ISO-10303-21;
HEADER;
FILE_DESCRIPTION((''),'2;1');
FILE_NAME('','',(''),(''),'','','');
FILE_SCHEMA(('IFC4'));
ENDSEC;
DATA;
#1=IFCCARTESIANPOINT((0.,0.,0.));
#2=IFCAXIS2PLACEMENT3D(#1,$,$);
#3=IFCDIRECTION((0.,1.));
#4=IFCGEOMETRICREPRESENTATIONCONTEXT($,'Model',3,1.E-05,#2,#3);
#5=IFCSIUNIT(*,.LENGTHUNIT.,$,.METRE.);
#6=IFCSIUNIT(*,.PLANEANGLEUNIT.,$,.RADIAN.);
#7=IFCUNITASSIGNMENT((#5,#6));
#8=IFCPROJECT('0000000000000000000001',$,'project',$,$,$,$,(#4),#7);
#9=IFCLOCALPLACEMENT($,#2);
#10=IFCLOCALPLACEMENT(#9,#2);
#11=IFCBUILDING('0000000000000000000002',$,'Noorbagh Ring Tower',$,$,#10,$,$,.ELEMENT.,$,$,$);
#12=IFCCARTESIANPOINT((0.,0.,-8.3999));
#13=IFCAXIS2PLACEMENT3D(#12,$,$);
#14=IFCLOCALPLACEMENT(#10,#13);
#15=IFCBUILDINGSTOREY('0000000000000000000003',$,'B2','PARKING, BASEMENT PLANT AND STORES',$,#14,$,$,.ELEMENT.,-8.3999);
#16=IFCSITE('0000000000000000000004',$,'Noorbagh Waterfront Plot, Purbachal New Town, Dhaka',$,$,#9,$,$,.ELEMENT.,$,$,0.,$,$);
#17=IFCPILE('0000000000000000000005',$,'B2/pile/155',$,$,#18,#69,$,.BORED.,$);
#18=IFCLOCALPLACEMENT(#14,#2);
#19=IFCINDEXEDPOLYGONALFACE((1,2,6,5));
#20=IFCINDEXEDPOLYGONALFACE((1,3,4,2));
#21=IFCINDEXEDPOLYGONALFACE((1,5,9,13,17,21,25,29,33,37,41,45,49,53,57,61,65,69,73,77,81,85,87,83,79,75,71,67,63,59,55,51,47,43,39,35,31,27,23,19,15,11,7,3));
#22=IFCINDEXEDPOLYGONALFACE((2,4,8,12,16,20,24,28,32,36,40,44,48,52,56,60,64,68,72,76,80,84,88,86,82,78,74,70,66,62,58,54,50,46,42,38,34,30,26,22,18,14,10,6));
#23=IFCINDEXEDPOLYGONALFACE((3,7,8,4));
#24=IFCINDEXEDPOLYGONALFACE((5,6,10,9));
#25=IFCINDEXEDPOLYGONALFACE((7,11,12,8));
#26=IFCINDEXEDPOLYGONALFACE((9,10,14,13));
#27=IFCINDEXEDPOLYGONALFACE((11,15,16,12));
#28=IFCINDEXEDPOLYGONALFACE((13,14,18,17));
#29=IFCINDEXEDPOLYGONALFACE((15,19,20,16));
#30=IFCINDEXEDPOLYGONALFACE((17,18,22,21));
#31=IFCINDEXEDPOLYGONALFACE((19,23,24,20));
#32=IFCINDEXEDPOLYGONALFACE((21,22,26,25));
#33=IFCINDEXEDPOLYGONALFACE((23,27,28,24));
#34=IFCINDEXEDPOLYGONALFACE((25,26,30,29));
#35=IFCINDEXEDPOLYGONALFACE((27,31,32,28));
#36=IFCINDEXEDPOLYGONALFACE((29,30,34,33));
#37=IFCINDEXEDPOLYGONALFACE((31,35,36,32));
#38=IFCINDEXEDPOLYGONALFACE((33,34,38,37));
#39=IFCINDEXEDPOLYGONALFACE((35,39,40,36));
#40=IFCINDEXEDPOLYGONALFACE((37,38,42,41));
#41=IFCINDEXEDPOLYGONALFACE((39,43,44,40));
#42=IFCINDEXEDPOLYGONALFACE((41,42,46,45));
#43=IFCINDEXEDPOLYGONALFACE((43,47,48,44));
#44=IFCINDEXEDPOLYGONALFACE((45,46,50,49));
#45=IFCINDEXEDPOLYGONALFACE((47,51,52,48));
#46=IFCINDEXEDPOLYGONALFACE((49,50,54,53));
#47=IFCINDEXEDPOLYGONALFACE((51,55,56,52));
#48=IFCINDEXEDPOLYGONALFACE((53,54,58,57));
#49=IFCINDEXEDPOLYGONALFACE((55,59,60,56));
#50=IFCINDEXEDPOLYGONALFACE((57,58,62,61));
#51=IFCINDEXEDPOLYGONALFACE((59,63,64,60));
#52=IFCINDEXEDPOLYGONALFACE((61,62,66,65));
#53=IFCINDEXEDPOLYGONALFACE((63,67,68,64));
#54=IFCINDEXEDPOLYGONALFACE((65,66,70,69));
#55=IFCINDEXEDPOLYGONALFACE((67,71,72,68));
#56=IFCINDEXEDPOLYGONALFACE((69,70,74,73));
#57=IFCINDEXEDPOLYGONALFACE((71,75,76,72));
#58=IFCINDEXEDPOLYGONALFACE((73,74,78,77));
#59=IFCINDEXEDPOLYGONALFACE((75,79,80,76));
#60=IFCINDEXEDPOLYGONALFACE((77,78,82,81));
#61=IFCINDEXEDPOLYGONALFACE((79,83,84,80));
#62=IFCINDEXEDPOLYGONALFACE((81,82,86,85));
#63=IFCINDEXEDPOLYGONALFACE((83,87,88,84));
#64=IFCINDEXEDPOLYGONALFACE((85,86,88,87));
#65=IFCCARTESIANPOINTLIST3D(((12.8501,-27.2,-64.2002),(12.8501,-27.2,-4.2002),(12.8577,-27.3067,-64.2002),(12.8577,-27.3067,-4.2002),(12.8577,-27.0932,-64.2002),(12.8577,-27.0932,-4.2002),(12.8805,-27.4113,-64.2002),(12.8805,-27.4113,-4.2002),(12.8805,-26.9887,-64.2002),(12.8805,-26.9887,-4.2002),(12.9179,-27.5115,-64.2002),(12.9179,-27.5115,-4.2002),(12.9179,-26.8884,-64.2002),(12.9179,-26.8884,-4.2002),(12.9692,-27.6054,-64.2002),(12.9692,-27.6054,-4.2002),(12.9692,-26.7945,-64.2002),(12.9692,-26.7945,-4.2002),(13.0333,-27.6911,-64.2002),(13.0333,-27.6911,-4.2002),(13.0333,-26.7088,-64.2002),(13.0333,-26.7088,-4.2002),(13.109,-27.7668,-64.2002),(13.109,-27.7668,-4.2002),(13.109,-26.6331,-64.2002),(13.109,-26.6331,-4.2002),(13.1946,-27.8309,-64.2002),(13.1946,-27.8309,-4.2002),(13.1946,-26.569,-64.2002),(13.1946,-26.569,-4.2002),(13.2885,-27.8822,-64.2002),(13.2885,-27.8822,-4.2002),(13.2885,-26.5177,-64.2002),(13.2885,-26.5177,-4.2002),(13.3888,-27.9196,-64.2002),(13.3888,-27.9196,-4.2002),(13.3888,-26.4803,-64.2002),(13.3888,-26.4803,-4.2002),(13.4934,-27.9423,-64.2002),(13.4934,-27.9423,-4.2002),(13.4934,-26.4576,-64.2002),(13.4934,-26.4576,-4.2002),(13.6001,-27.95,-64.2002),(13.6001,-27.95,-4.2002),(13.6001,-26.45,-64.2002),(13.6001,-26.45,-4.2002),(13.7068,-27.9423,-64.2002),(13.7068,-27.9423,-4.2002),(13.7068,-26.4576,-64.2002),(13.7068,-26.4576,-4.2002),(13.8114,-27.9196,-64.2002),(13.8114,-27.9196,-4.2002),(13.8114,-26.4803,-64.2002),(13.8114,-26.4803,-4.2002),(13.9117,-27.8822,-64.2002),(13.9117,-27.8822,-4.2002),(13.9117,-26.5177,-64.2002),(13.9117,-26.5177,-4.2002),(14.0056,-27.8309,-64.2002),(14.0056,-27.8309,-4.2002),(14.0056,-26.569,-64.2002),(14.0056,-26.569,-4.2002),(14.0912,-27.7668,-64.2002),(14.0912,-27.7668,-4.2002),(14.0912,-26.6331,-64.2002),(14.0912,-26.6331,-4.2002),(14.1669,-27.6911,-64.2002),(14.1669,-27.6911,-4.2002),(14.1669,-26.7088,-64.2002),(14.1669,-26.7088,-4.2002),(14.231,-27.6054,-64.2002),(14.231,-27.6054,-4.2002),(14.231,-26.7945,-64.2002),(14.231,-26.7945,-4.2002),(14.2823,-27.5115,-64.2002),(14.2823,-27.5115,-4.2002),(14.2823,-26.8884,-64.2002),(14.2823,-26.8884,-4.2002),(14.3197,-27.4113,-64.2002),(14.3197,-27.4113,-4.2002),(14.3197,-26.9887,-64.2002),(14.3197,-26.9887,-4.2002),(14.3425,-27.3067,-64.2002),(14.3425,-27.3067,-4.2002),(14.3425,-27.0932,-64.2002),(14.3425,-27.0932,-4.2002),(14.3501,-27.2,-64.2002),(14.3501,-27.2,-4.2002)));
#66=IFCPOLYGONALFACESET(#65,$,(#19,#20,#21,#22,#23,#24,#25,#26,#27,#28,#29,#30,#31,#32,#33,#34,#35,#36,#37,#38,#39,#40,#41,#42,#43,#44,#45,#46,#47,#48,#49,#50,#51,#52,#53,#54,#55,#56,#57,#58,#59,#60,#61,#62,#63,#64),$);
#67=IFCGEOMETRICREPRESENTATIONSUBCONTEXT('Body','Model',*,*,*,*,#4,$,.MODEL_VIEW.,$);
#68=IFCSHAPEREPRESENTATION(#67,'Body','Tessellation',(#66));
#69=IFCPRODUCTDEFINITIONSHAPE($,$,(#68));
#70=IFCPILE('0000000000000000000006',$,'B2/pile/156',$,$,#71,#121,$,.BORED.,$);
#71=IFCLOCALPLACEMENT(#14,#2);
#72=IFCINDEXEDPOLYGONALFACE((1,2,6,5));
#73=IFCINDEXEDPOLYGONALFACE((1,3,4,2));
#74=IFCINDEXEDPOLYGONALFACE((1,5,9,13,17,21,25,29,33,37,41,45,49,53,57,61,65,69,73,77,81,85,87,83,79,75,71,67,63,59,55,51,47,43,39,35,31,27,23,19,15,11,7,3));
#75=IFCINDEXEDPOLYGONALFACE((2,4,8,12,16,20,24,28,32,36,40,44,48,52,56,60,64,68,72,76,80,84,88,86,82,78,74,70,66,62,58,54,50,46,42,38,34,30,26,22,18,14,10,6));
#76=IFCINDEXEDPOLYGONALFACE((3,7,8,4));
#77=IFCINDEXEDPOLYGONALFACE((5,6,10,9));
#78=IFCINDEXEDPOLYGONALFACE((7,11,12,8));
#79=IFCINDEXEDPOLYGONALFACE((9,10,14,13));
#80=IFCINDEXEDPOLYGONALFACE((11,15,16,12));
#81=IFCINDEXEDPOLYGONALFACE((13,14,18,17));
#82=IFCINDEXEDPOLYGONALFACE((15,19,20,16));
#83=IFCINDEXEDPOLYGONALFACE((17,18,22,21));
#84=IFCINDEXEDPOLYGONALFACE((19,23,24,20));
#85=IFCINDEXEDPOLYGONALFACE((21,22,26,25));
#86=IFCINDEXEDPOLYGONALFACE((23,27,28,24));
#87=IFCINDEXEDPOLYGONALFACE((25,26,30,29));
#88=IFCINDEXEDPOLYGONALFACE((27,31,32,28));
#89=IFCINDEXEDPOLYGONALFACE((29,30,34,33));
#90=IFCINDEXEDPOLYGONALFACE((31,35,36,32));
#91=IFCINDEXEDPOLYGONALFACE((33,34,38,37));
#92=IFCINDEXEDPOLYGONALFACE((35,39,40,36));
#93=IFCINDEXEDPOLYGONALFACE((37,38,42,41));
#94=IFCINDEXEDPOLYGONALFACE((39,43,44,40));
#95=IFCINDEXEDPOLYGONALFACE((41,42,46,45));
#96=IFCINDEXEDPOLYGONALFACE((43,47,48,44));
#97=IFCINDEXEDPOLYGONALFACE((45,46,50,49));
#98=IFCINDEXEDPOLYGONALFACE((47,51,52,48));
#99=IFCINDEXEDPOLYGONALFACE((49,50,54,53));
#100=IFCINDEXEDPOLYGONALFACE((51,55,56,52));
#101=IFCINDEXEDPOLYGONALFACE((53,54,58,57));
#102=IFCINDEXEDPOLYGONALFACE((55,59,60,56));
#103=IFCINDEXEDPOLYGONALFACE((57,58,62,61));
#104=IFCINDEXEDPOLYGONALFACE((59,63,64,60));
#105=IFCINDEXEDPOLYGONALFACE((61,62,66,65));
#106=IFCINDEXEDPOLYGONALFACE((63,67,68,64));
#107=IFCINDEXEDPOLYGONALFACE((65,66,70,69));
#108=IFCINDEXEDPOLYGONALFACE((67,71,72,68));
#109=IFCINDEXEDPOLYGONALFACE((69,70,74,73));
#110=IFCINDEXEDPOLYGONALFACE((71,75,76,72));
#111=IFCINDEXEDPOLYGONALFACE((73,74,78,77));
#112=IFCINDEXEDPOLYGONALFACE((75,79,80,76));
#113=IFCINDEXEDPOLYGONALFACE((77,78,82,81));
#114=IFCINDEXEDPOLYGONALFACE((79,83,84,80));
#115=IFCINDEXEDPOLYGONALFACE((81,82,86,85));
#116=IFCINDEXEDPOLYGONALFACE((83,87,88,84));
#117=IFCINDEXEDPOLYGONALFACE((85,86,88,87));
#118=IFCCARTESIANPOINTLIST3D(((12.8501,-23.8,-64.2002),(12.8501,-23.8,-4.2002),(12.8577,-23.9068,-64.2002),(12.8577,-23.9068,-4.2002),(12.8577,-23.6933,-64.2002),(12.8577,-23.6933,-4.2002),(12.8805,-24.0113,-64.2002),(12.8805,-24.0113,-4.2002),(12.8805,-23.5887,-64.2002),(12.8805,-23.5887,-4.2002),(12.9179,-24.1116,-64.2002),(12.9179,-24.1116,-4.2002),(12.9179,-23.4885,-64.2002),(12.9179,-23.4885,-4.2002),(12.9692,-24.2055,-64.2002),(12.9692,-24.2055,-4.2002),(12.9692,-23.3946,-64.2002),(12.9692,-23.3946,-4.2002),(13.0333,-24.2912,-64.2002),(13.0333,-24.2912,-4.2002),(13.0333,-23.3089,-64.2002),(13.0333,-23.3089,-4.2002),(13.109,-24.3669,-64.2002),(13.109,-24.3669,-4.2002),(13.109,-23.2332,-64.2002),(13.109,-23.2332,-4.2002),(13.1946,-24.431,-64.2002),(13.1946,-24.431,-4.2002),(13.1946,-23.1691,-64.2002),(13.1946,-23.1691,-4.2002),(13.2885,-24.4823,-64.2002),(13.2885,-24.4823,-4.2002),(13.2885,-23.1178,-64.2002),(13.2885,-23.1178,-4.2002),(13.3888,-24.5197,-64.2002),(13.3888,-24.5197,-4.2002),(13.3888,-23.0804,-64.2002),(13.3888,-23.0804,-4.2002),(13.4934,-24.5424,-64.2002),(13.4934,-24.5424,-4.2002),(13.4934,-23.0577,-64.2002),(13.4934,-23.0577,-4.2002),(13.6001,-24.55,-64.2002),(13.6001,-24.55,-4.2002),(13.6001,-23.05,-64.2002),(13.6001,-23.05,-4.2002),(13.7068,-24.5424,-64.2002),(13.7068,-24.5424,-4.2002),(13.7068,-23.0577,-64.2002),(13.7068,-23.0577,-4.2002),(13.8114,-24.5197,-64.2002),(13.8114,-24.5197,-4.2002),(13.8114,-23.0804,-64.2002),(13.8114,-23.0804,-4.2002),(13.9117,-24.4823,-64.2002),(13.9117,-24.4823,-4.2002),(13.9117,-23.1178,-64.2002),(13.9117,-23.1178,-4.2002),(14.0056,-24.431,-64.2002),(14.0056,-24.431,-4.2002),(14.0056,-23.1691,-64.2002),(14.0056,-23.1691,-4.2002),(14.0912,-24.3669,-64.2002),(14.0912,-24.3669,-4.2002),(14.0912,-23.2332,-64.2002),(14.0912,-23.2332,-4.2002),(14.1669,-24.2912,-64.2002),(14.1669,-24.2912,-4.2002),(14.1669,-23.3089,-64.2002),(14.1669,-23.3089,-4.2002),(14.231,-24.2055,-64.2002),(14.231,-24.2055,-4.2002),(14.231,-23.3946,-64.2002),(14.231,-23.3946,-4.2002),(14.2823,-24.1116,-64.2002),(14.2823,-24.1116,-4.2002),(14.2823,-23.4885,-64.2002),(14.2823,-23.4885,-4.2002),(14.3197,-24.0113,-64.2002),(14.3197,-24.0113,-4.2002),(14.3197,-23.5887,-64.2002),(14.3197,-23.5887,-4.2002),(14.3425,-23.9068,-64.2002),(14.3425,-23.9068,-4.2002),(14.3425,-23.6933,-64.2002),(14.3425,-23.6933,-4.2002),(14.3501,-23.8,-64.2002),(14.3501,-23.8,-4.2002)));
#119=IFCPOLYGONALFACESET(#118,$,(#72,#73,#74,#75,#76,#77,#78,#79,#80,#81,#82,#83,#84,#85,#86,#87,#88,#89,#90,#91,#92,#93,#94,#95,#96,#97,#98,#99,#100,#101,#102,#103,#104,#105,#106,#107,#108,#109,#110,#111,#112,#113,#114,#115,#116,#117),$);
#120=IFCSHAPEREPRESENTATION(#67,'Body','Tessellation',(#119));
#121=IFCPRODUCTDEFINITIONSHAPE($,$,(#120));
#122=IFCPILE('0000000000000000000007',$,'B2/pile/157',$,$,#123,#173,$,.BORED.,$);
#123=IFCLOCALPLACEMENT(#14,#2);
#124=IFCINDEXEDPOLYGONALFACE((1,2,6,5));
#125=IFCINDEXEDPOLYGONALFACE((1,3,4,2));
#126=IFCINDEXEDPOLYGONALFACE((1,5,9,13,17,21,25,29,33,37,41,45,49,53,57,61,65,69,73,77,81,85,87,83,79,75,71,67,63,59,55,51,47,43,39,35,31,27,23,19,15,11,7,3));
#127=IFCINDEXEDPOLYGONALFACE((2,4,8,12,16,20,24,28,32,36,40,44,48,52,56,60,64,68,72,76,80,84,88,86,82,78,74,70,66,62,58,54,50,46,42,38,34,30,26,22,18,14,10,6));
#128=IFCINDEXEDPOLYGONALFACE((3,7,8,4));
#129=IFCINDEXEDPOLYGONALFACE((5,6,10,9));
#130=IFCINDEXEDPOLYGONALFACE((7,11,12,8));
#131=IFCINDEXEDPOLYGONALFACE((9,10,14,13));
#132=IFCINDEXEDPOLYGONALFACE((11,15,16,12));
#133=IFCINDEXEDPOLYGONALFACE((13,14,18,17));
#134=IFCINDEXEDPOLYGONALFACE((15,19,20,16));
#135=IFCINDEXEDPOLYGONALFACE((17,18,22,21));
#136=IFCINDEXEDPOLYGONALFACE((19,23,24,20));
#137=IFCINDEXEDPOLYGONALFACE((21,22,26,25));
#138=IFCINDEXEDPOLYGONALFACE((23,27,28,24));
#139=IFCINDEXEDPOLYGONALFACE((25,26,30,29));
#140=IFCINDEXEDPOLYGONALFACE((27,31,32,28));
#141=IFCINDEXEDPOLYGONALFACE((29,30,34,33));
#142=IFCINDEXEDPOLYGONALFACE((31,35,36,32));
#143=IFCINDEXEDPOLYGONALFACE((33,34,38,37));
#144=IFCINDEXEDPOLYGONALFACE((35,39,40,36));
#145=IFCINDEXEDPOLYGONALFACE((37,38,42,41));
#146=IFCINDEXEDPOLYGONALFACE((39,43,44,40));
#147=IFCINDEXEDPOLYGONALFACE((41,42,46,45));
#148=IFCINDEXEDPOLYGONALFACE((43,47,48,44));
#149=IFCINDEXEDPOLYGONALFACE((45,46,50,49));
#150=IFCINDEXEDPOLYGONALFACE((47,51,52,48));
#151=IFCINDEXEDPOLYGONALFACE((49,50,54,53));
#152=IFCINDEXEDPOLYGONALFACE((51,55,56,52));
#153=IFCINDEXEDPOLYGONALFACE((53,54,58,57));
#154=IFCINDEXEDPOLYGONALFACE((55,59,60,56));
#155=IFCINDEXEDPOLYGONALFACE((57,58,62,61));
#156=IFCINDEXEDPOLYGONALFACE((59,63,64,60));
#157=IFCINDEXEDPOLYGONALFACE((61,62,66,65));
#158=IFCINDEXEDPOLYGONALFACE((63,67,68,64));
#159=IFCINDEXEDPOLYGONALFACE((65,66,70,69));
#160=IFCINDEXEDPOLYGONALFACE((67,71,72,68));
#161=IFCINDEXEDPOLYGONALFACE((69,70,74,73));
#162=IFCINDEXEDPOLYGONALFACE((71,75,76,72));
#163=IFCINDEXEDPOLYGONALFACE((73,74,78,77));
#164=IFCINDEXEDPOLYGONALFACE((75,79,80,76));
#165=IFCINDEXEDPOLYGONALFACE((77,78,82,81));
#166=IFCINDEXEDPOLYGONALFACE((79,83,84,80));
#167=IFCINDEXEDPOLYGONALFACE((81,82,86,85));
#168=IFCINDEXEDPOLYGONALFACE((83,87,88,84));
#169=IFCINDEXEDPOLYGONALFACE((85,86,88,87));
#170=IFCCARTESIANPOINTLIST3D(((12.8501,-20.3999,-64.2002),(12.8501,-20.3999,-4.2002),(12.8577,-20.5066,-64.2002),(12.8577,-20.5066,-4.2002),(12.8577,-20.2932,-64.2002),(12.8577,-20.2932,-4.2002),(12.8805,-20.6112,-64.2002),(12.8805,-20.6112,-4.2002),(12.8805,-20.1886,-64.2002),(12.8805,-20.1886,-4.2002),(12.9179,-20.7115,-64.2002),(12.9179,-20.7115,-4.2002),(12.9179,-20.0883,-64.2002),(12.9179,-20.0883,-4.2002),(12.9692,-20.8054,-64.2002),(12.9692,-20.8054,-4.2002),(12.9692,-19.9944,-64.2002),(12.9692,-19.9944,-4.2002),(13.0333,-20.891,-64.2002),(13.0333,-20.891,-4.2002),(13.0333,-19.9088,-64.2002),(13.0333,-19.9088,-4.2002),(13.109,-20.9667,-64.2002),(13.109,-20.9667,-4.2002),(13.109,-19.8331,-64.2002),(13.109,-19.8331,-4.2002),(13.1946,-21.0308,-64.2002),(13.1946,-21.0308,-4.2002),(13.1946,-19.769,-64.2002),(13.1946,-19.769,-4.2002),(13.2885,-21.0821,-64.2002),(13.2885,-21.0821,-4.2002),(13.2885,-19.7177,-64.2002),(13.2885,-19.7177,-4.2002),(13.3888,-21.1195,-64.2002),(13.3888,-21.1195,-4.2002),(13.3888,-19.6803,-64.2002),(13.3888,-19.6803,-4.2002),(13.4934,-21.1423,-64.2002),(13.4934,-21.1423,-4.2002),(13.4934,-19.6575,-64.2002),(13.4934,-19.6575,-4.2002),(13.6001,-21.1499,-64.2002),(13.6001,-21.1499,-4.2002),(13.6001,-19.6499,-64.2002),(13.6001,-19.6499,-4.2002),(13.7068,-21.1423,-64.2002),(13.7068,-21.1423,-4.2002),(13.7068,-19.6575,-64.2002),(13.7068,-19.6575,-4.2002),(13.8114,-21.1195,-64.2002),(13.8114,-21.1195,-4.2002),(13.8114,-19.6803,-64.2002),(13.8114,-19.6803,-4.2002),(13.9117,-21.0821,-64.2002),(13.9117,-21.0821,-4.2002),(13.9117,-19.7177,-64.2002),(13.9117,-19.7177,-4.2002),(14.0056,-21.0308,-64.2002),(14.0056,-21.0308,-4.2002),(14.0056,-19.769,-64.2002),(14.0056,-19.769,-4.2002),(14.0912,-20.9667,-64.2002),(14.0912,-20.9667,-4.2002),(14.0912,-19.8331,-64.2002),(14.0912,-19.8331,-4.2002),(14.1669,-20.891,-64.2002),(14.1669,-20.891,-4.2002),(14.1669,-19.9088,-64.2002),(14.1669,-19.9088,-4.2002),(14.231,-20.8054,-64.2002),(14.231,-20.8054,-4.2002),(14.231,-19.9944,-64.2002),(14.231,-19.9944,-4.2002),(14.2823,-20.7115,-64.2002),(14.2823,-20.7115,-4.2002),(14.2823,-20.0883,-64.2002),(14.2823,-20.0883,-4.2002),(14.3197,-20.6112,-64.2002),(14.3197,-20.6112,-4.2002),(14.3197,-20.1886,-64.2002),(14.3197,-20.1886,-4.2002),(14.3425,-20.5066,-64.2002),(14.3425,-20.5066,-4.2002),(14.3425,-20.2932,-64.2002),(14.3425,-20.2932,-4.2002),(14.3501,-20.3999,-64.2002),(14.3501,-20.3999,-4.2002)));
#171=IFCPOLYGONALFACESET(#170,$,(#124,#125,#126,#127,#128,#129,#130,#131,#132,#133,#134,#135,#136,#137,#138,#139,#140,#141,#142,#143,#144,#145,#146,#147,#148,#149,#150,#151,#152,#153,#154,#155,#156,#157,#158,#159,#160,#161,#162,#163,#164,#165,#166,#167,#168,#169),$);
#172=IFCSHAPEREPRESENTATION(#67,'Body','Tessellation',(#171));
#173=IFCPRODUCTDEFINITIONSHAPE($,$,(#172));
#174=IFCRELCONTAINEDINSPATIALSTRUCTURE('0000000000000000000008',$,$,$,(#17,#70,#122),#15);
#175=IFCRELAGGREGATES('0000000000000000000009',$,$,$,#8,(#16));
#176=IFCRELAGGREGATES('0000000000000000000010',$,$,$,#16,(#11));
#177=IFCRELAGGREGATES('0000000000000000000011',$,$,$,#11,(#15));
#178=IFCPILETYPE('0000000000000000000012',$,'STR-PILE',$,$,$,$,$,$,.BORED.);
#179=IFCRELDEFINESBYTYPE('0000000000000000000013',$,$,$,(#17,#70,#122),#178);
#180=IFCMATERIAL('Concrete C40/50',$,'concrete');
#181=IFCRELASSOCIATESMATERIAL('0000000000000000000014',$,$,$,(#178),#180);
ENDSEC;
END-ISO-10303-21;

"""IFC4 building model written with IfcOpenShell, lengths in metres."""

from ifc_helpers import new_model, si_unit, direction, frame, origin, origin_2d, place, context, subcontext, project, spatial, circle, extrude, material, material_profile, profile_set, type_object, element, save


model = new_model("IFC4")

# Units and contexts
model_context = context("Model", 3, precision=1e-05, world=origin(), true_north=direction((0.0, 1.0)))
body_context = subcontext(model_context, "Body", "Model", "MODEL_VIEW")
ifc_project = project(units=[si_unit("LENGTHUNIT", "METRE"), si_unit("PLANEANGLEUNIT", "RADIAN")], contexts=[model_context])

# Site, building, storey
site_placement = place(None, origin())
site = spatial("IfcSite", under=ifc_project, at=site_placement, Name="Noorbagh Waterfront Plot, Purbachal New Town, Dhaka", CompositionType="ELEMENT", RefElevation=0.0)
building_placement = place(site_placement, origin())
building = spatial("IfcBuilding", under=site, at=building_placement, Name="Noorbagh Ring Tower", CompositionType="ELEMENT")
storey_placement = place(building_placement, frame((0.0, 0.0, -8.3999)))
storey = spatial("IfcBuildingStorey", under=building, at=storey_placement, Name="B2", Description="PARKING, BASEMENT PLANT AND STORES", CompositionType="ELEMENT", Elevation=-8.3999)

# Piles
ifc_material_1 = material(Name="Concrete C40/50", Category="concrete")
ifc_material_profile_1 = material_profile(ifc_material_1, circle(Radius=0.75, at=origin_2d()), Name="PILE1500")
ifc_profile_set_1 = profile_set([ifc_material_profile_1], Name="Concrete C40/50")
pile_type = type_object("IfcPileType", Name="STR-PILE", PredefinedType="BORED", material=ifc_profile_set_1)
for number, where, z_axis, x_axis, name in (
    (1, (13.6001, -27.2, -4.2002), (0.0, 0.0, -1.0), (1.0, 0.0, 0.0), "B2/pile/155"),
    (2, (13.6001, -23.8, -4.2002), (0.0, 0.0, -1.0), (1.0, 0.0, 0.0), "B2/pile/156"),
    (3, (13.6001, -20.3999, -4.2002), (0.0, 0.0, -1.0), (1.0, 0.0, 0.0), "B2/pile/157"),
):
    element("IfcPile", number, at=place(storey_placement, frame(where, z_axis=z_axis, x_axis=x_axis)), inside=storey, type_object=pile_type, Name=name, PredefinedType="BORED", context=body_context, shape_type="SweptSolid", body=[
        extrude(circle(Radius=0.75, at=origin_2d()), origin(), (0.0, 0.0, 1.0), 60.0),
    ])

save(model, "model.ifc")
